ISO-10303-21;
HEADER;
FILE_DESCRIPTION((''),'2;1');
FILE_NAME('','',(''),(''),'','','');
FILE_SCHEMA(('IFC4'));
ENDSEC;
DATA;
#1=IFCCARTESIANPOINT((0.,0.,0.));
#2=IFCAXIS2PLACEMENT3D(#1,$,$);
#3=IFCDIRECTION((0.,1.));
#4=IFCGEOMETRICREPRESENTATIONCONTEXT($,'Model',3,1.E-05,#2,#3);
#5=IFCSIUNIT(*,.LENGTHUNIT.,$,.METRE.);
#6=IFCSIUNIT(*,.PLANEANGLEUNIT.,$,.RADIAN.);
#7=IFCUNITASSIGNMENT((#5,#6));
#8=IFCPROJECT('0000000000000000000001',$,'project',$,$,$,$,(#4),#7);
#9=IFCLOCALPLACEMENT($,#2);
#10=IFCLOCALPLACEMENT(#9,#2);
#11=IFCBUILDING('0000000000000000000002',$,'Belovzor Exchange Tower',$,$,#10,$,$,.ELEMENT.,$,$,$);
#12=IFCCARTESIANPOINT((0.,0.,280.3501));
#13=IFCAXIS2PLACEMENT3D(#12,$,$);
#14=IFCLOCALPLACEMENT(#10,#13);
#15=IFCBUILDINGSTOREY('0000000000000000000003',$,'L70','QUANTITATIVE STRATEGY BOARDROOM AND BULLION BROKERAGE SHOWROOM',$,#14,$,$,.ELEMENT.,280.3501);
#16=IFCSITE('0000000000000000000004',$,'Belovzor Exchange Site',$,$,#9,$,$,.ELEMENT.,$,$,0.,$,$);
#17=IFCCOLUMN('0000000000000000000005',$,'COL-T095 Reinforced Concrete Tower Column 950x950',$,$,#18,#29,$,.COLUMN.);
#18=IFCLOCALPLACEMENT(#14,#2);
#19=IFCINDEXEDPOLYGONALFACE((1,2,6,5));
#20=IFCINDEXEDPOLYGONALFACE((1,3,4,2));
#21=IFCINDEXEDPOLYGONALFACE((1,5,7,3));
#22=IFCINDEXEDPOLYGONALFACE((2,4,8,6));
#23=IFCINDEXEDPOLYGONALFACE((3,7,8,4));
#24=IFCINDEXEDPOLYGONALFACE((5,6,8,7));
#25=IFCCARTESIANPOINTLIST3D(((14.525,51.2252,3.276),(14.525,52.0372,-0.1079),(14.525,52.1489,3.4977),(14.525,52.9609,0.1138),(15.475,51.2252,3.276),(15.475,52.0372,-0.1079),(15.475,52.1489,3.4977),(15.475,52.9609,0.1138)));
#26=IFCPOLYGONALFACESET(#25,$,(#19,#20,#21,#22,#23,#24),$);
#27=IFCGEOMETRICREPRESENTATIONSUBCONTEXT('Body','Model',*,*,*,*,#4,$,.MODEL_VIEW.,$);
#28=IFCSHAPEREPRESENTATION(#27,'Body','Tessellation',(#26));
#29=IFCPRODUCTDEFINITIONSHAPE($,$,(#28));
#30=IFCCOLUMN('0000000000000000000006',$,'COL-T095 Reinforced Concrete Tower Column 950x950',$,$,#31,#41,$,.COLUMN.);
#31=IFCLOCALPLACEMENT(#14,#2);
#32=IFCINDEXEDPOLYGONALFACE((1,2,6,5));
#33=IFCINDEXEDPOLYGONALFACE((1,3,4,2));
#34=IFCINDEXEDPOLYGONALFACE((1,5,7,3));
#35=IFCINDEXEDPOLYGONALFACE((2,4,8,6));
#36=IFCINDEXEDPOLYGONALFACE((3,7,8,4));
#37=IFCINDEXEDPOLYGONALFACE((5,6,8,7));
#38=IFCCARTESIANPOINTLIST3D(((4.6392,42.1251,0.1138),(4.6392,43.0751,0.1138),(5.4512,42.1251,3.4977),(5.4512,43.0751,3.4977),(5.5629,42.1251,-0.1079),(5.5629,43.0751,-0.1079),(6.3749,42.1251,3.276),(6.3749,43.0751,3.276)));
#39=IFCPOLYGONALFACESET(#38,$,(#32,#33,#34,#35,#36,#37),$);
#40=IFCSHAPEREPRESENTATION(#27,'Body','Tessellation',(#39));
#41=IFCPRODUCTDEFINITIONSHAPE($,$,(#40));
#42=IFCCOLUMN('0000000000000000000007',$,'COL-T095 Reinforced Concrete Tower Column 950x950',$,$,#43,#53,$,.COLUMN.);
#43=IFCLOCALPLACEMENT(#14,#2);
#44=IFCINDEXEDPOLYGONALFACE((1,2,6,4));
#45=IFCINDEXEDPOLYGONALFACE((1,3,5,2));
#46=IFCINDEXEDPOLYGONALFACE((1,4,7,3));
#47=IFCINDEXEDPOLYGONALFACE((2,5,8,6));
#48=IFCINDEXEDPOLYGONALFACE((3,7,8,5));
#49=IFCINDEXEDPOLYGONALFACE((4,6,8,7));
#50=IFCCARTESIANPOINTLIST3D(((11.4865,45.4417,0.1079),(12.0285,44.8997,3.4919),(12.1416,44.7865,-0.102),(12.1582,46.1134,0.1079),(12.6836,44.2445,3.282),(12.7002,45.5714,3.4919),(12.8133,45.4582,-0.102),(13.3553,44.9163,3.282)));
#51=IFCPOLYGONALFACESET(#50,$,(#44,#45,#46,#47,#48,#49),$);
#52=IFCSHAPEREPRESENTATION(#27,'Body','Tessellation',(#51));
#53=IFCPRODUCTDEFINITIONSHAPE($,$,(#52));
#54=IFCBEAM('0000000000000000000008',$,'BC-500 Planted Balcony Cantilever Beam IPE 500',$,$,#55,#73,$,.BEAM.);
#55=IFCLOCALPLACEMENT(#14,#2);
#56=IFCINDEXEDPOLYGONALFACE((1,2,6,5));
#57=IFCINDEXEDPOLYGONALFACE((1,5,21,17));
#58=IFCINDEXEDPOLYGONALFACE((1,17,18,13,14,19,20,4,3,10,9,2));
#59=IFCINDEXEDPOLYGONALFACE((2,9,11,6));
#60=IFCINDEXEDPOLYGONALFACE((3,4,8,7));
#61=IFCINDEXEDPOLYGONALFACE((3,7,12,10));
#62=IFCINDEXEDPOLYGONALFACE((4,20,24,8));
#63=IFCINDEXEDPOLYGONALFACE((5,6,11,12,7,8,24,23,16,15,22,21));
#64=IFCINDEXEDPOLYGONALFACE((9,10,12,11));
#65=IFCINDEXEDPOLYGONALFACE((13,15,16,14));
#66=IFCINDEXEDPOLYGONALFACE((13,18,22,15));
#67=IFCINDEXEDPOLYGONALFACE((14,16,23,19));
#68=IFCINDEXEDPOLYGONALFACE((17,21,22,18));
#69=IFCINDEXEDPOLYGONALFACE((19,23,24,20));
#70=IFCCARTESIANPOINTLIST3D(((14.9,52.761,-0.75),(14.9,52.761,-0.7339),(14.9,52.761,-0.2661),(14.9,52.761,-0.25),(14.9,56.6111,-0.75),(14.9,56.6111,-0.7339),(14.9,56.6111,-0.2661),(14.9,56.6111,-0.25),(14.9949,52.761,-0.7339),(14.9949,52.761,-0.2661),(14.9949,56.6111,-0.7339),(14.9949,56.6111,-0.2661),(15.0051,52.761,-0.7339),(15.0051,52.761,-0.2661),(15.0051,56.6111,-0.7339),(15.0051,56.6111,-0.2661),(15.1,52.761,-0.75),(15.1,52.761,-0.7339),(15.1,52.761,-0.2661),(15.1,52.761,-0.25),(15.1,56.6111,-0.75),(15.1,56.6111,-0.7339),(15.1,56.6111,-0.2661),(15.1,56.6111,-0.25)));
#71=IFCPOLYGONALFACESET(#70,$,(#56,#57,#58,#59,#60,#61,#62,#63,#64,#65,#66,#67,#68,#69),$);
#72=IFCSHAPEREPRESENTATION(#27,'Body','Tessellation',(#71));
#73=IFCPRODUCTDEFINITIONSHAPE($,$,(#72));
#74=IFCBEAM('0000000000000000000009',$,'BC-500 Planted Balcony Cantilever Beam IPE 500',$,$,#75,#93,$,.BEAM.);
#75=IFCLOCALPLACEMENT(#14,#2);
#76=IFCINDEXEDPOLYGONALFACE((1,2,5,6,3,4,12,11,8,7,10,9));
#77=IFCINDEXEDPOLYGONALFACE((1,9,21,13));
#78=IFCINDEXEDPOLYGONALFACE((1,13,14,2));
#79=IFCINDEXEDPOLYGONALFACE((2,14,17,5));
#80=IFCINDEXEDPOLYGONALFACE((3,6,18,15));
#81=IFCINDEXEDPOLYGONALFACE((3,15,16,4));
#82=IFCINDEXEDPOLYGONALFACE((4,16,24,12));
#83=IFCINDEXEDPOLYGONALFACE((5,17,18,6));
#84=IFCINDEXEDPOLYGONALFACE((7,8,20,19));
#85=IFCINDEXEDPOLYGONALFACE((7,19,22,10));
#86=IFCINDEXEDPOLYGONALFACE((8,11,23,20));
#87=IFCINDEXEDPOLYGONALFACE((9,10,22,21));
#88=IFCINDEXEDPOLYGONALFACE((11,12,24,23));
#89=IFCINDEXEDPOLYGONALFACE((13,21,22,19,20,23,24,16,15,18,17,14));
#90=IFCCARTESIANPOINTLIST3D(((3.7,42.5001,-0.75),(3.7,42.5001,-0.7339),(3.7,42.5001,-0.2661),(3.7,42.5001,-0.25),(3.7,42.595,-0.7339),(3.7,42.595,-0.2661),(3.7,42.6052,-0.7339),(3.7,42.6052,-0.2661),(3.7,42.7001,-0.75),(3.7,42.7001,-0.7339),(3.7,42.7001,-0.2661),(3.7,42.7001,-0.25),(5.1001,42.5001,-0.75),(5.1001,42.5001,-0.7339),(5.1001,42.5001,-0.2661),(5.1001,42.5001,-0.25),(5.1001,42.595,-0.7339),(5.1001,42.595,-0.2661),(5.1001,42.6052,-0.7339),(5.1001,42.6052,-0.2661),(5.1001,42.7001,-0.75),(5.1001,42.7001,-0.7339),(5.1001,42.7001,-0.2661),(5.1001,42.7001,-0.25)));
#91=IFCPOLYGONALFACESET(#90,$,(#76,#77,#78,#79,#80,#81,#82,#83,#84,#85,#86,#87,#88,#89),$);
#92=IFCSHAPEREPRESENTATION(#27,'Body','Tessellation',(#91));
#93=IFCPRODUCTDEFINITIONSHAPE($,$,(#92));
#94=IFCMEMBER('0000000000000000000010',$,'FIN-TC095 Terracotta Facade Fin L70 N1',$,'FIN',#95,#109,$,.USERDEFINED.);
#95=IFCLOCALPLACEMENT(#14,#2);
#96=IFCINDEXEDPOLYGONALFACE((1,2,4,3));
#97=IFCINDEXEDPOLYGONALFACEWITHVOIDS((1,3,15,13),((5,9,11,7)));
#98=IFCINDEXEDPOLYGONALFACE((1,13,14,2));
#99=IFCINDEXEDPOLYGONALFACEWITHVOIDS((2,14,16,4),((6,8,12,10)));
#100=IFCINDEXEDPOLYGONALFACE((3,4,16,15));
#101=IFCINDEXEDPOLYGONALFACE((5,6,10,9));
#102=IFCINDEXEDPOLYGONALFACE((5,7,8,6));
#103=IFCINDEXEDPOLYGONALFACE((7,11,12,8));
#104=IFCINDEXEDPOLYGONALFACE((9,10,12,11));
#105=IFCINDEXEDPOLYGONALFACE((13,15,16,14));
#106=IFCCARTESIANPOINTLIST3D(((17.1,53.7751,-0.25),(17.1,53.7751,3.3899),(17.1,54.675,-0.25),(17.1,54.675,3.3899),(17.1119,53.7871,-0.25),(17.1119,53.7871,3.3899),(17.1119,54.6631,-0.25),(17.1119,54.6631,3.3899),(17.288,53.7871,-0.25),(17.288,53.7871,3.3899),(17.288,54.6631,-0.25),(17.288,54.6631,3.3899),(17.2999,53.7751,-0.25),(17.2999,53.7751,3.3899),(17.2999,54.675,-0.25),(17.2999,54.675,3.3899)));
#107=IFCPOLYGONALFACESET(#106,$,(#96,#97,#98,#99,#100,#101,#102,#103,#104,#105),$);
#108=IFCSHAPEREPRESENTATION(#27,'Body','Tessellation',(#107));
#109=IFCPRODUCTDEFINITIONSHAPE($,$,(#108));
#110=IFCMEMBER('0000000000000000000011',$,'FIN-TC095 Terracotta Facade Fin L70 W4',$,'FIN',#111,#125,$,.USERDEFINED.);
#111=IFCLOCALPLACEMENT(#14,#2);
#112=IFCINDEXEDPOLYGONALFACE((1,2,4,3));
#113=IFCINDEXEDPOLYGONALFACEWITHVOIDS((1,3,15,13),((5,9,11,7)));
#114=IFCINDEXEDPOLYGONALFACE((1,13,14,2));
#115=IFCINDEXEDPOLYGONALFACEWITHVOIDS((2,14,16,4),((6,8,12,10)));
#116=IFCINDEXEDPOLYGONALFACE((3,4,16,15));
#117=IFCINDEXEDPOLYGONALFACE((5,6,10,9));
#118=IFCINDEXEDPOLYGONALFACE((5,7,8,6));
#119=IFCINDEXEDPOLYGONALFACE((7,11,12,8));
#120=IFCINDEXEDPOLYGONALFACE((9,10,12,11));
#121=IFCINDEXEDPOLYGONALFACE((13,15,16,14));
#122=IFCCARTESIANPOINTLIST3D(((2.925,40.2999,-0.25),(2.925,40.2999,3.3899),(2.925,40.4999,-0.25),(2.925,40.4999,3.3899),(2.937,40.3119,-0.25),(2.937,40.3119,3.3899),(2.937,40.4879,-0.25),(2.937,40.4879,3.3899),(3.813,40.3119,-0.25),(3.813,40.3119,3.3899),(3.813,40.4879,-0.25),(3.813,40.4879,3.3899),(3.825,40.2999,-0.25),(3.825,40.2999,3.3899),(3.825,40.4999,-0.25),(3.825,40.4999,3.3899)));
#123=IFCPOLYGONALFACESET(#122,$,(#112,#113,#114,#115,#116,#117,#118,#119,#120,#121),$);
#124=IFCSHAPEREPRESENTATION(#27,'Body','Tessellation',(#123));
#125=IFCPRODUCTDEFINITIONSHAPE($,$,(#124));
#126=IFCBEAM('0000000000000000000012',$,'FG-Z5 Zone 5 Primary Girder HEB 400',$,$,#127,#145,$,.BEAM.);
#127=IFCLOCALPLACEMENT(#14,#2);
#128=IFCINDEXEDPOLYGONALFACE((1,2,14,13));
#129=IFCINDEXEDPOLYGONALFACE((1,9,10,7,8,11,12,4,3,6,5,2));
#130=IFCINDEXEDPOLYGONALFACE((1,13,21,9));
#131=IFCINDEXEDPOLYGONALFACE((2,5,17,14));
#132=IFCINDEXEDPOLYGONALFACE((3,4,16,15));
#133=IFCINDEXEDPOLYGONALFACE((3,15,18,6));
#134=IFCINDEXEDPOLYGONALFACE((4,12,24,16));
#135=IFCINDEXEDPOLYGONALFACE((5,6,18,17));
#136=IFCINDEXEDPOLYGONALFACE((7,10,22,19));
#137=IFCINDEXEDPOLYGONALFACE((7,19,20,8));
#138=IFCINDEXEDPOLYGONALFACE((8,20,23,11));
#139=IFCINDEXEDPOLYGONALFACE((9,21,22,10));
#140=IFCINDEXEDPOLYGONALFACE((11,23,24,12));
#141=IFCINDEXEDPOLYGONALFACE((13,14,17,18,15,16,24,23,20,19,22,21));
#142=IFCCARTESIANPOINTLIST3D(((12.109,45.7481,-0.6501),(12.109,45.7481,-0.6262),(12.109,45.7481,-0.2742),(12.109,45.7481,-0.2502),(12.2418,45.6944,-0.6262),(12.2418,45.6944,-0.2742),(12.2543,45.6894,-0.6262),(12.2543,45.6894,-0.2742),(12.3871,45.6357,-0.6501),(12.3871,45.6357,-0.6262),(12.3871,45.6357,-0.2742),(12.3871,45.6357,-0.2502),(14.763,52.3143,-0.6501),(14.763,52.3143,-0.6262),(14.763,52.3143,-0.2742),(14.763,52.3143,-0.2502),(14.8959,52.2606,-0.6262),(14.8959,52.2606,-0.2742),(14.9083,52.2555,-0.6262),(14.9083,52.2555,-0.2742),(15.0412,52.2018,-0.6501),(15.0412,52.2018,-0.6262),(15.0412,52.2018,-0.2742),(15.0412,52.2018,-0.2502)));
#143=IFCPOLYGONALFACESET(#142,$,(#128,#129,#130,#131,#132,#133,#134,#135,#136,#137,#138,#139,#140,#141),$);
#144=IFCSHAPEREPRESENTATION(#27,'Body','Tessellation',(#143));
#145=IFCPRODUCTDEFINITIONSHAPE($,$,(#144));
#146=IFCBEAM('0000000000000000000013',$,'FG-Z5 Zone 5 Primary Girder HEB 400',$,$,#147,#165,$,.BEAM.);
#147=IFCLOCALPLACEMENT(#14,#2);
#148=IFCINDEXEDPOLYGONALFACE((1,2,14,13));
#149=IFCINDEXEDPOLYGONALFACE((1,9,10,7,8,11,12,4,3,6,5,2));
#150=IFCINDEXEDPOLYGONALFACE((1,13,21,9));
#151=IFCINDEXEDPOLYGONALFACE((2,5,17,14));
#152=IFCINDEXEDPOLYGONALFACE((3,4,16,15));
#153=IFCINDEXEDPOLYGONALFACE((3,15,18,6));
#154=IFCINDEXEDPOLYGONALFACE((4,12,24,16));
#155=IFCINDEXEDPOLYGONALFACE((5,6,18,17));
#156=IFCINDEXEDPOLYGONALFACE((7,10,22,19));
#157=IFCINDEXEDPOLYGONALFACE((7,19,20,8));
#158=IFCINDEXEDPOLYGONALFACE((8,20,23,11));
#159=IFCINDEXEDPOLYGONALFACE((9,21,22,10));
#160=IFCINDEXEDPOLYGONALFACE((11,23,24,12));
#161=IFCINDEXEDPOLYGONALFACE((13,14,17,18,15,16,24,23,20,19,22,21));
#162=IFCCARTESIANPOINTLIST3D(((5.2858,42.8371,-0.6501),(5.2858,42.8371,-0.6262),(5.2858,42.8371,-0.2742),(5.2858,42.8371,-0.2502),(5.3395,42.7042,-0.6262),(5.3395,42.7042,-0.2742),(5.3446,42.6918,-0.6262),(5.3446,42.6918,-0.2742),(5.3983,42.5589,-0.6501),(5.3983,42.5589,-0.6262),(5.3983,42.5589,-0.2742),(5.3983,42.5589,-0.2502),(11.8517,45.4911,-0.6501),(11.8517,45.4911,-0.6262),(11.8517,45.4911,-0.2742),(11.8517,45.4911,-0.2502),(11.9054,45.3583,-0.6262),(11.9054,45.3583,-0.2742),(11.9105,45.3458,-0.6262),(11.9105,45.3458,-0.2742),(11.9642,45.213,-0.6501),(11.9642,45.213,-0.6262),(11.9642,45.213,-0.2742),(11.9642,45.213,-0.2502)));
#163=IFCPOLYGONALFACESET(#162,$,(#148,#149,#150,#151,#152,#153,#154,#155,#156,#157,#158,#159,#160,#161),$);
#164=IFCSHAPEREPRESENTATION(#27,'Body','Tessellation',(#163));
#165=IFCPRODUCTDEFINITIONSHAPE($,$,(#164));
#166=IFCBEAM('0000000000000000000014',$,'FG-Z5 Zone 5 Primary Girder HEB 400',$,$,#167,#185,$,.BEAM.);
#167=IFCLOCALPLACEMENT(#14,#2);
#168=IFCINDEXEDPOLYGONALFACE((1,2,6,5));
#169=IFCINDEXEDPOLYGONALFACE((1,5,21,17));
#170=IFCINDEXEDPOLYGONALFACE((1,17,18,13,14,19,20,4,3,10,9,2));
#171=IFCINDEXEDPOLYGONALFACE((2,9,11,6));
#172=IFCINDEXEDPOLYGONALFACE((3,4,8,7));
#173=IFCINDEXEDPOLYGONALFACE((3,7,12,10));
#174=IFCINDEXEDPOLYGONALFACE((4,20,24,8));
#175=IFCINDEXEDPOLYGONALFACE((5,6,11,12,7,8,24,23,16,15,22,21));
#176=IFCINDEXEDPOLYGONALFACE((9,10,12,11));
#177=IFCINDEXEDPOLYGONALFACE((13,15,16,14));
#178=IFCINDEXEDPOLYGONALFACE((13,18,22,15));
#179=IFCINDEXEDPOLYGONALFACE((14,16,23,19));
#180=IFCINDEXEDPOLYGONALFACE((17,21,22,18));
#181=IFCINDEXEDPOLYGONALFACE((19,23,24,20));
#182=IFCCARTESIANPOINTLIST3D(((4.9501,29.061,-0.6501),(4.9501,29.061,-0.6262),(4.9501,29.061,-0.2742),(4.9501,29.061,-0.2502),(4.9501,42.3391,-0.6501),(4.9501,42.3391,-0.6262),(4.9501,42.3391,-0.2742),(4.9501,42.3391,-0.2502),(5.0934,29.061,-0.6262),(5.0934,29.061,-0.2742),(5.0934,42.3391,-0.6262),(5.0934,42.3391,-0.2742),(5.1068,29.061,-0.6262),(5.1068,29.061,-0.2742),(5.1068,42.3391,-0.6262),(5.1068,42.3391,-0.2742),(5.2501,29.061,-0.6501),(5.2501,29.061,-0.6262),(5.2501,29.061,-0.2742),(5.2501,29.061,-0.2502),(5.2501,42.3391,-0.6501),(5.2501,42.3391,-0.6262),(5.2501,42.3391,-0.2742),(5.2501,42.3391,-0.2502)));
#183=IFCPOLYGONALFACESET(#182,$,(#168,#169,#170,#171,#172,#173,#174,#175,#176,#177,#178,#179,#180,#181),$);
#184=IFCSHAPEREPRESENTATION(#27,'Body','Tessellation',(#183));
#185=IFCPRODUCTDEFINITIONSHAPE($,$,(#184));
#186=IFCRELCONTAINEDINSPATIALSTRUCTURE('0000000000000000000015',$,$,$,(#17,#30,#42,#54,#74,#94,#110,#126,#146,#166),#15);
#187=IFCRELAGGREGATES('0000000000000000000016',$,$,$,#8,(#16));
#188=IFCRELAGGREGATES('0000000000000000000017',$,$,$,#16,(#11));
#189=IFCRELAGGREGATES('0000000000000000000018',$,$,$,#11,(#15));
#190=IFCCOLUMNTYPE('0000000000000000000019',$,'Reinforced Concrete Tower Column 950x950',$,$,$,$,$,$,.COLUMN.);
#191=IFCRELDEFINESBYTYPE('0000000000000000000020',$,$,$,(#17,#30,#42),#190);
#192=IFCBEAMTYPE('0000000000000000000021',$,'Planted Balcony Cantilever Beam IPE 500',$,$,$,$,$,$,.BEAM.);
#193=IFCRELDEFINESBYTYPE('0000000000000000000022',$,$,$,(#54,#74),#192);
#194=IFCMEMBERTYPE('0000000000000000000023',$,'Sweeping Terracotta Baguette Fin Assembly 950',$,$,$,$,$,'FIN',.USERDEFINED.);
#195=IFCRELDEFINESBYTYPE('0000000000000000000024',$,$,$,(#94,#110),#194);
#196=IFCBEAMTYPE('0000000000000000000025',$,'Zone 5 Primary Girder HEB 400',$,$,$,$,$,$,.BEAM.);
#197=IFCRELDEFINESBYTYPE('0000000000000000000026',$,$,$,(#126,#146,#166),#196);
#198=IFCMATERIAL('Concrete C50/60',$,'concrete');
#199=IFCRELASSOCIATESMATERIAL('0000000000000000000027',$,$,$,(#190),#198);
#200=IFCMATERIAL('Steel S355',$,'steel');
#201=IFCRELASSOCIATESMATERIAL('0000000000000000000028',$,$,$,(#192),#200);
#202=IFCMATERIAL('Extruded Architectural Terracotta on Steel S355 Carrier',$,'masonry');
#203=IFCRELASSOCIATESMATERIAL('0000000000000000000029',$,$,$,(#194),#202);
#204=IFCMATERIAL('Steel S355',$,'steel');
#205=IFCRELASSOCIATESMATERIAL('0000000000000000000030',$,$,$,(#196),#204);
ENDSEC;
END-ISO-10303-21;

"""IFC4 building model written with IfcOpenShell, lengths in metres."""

from ifc_helpers import new_model, si_unit, direction, frame, origin, origin_2d, place, context, subcontext, project, spatial, rectangle, hollow_rectangle, i_section, extrude, material, material_profile, profile_set, type_object, element, save


model = new_model("IFC4")

# Units and contexts
model_context = context("Model", 3, precision=1e-05, world=origin(), true_north=direction((0.0, 1.0)))
body_context = subcontext(model_context, "Body", "Model", "MODEL_VIEW")
ifc_project = project(units=[si_unit("LENGTHUNIT", "METRE"), si_unit("PLANEANGLEUNIT", "RADIAN")], contexts=[model_context])

# Site, building, storey
site_placement = place(None, origin())
site = spatial("IfcSite", under=ifc_project, at=site_placement, Name="Belovzor Exchange Site", CompositionType="ELEMENT", RefElevation=0.0)
building_placement = place(site_placement, origin())
building = spatial("IfcBuilding", under=site, at=building_placement, Name="Belovzor Exchange Tower", CompositionType="ELEMENT")
storey_placement = place(building_placement, frame((0.0, 0.0, 280.3501)))
storey = spatial("IfcBuildingStorey", under=building, at=storey_placement, Name="L70", Description="QUANTITATIVE STRATEGY BOARDROOM AND BULLION BROKERAGE SHOWROOM", CompositionType="ELEMENT", Elevation=280.3501)

# Columns
ifc_material_1 = material(Name="Concrete C50/60", Category="concrete")
ifc_material_profile_1 = material_profile(ifc_material_1, rectangle(XDim=0.95, YDim=0.95, at=origin_2d()))
ifc_profile_set_1 = profile_set([ifc_material_profile_1], Name="Concrete C50/60")
column_type = type_object("IfcColumnType", Name="Reinforced Concrete Tower Column 950x950", PredefinedType="COLUMN", material=ifc_profile_set_1)
for number, where, z_axis, x_axis, name in (
    (1, (15.0, 52.499, 0.0029), (0.0, -0.23333, 0.972397), (1.0, 0.0, 0.0), "COL-T095 Reinforced Concrete Tower Column 950x950"),
    (2, (5.1011, 42.6001, 0.0029), (0.23333, 0.0, 0.972397), (0.0, 1.0, 0.0), "COL-T095 Reinforced Concrete Tower Column 950x950"),
):
    element("IfcColumn", number, at=place(storey_placement, frame(where, z_axis=z_axis, x_axis=x_axis)), inside=storey, type_object=column_type, Name=name, PredefinedType="COLUMN", context=body_context, shape_type="SweptSolid", body=[
        extrude(rectangle(XDim=0.95, YDim=0.95, at=origin_2d()), origin(), (0.0, 0.0, 1.0), 3.48),
    ])
column_placement = place(storey_placement, frame((12.1499, 45.45, 0.0029), z_axis=(0.156205, -0.156205, 0.975295), x_axis=(0.707107, 0.707107, 0.0)))
element("IfcColumn", 3, at=column_placement, inside=storey, type_object=column_type, Name="COL-T095 Reinforced Concrete Tower Column 950x950", PredefinedType="COLUMN", context=body_context, shape_type="SweptSolid", body=[
    extrude(rectangle(XDim=0.95, YDim=0.95, at=origin_2d()), origin(), (0.0, 0.0, 1.0), 3.4697),
])

# Beams
ifc_material_2 = material(Name="Steel S355", Category="steel")
ifc_material_profile_2 = material_profile(ifc_material_2, i_section(OverallWidth=0.2, OverallDepth=0.5, WebThickness=0.0103, FlangeThickness=0.0161, at=origin_2d()))
ifc_profile_set_2 = profile_set([ifc_material_profile_2], Name="Steel S355")
beam_type_1 = type_object("IfcBeamType", Name="Planted Balcony Cantilever Beam IPE 500", PredefinedType="BEAM", material=ifc_profile_set_2)
beam_1_placement = place(storey_placement, frame((15.0, 52.761, -0.5), z_axis=(0.0, 1.0, 0.0), x_axis=(-1.0, 0.0, 0.0)))
element("IfcBeam", 4, at=beam_1_placement, inside=storey, type_object=beam_type_1, Name="BC-500 Planted Balcony Cantilever Beam IPE 500", PredefinedType="BEAM", context=body_context, shape_type="SweptSolid", body=[
    extrude(i_section(OverallWidth=0.2, OverallDepth=0.5, WebThickness=0.0103, FlangeThickness=0.0161, at=origin_2d()), origin(), (0.0, 0.0, 1.0), 3.8501),
])
beam_2_placement = place(storey_placement, frame((5.1001, 42.6001, -0.5), z_axis=(-1.0, 0.0, 0.0), x_axis=(0.0, -1.0, 0.0)))
element("IfcBeam", 5, at=beam_2_placement, inside=storey, type_object=beam_type_1, Name="BC-500 Planted Balcony Cantilever Beam IPE 500", PredefinedType="BEAM", context=body_context, shape_type="SweptSolid", body=[
    extrude(i_section(OverallWidth=0.2, OverallDepth=0.5, WebThickness=0.0103, FlangeThickness=0.0161, at=origin_2d()), origin(), (0.0, 0.0, 1.0), 1.4001),
])

# Members
ifc_material_3 = material(Name="Extruded Architectural Terracotta on Steel S355 Carrier", Category="masonry")
ifc_material_profile_3 = material_profile(ifc_material_3, hollow_rectangle(XDim=0.2, YDim=0.8999, WallThickness=0.012, at=origin_2d()))
ifc_profile_set_3 = profile_set([ifc_material_profile_3], Name="Extruded Architectural Terracotta on Steel S355 Carrier")
member_type = type_object("IfcMemberType", Name="Sweeping Terracotta Baguette Fin Assembly 950", ElementType="FIN", PredefinedType="USERDEFINED", material=ifc_profile_set_3)
for number, where, z_axis, x_axis, name in (
    (6, (17.2, 54.2251, -0.25), (0.0, 0.0, 1.0), (1.0, 0.0, 0.0), "FIN-TC095 Terracotta Facade Fin L70 N1"),
    (7, (3.375, 40.3999, -0.25), (0.0, 0.0, 1.0), (0.0, 1.0, 0.0), "FIN-TC095 Terracotta Facade Fin L70 W4"),
):
    element("IfcMember", number, at=place(storey_placement, frame(where, z_axis=z_axis, x_axis=x_axis)), inside=storey, type_object=member_type, Name=name, ObjectType="FIN", PredefinedType="USERDEFINED", context=body_context, shape_type="SweptSolid", body=[
        extrude(hollow_rectangle(XDim=0.2, YDim=0.8999, WallThickness=0.012, at=origin_2d()), origin(), (0.0, 0.0, 1.0), 3.6399),
    ])

# Beams
ifc_material_4 = material(Name="Steel S355", Category="steel")
ifc_material_profile_4 = material_profile(ifc_material_4, i_section(OverallWidth=0.3, OverallDepth=0.3999, WebThickness=0.0134, FlangeThickness=0.0239, at=origin_2d()))
ifc_profile_set_4 = profile_set([ifc_material_profile_4], Name="Steel S355")
beam_type_2 = type_object("IfcBeamType", Name="Zone 5 Primary Girder HEB 400", PredefinedType="BEAM", material=ifc_profile_set_4)
beam_3_placement = place(storey_placement, frame((14.9021, 52.2581, -0.4502), z_axis=(-0.374746, -0.927127, 0.0), x_axis=(0.927127, -0.374746, 0.0)))
element("IfcBeam", 8, at=beam_3_placement, inside=storey, type_object=beam_type_2, Name="FG-Z5 Zone 5 Primary Girder HEB 400", PredefinedType="BEAM", context=body_context, shape_type="SweptSolid", body=[
    extrude(i_section(OverallWidth=0.3, OverallDepth=0.3999, WebThickness=0.0134, FlangeThickness=0.0239, at=origin_2d()), origin(), (0.0, 0.0, 1.0), 7.0823),
])
beam_4_placement = place(storey_placement, frame((11.908, 45.3521, -0.4502), z_axis=(-0.927123, -0.374758, 0.0), x_axis=(0.374758, -0.927123, 0.0)))
element("IfcBeam", 9, at=beam_4_placement, inside=storey, type_object=beam_type_2, Name="FG-Z5 Zone 5 Primary Girder HEB 400", PredefinedType="BEAM", context=body_context, shape_type="SweptSolid", body=[
    extrude(i_section(OverallWidth=0.3, OverallDepth=0.3999, WebThickness=0.0134, FlangeThickness=0.0239, at=origin_2d()), origin(), (0.0, 0.0, 1.0), 7.082),
])
beam_5_placement = place(storey_placement, frame((5.1001, 42.3391, -0.4502), z_axis=(0.0, -1.0, 0.0), x_axis=(1.0, 0.0, 0.0)))
element("IfcBeam", 10, at=beam_5_placement, inside=storey, type_object=beam_type_2, Name="FG-Z5 Zone 5 Primary Girder HEB 400", PredefinedType="BEAM", context=body_context, shape_type="SweptSolid", body=[
    extrude(i_section(OverallWidth=0.3, OverallDepth=0.3999, WebThickness=0.0134, FlangeThickness=0.0239, at=origin_2d()), origin(), (0.0, 0.0, 1.0), 13.2781),
])

save(model, "model.ifc")
